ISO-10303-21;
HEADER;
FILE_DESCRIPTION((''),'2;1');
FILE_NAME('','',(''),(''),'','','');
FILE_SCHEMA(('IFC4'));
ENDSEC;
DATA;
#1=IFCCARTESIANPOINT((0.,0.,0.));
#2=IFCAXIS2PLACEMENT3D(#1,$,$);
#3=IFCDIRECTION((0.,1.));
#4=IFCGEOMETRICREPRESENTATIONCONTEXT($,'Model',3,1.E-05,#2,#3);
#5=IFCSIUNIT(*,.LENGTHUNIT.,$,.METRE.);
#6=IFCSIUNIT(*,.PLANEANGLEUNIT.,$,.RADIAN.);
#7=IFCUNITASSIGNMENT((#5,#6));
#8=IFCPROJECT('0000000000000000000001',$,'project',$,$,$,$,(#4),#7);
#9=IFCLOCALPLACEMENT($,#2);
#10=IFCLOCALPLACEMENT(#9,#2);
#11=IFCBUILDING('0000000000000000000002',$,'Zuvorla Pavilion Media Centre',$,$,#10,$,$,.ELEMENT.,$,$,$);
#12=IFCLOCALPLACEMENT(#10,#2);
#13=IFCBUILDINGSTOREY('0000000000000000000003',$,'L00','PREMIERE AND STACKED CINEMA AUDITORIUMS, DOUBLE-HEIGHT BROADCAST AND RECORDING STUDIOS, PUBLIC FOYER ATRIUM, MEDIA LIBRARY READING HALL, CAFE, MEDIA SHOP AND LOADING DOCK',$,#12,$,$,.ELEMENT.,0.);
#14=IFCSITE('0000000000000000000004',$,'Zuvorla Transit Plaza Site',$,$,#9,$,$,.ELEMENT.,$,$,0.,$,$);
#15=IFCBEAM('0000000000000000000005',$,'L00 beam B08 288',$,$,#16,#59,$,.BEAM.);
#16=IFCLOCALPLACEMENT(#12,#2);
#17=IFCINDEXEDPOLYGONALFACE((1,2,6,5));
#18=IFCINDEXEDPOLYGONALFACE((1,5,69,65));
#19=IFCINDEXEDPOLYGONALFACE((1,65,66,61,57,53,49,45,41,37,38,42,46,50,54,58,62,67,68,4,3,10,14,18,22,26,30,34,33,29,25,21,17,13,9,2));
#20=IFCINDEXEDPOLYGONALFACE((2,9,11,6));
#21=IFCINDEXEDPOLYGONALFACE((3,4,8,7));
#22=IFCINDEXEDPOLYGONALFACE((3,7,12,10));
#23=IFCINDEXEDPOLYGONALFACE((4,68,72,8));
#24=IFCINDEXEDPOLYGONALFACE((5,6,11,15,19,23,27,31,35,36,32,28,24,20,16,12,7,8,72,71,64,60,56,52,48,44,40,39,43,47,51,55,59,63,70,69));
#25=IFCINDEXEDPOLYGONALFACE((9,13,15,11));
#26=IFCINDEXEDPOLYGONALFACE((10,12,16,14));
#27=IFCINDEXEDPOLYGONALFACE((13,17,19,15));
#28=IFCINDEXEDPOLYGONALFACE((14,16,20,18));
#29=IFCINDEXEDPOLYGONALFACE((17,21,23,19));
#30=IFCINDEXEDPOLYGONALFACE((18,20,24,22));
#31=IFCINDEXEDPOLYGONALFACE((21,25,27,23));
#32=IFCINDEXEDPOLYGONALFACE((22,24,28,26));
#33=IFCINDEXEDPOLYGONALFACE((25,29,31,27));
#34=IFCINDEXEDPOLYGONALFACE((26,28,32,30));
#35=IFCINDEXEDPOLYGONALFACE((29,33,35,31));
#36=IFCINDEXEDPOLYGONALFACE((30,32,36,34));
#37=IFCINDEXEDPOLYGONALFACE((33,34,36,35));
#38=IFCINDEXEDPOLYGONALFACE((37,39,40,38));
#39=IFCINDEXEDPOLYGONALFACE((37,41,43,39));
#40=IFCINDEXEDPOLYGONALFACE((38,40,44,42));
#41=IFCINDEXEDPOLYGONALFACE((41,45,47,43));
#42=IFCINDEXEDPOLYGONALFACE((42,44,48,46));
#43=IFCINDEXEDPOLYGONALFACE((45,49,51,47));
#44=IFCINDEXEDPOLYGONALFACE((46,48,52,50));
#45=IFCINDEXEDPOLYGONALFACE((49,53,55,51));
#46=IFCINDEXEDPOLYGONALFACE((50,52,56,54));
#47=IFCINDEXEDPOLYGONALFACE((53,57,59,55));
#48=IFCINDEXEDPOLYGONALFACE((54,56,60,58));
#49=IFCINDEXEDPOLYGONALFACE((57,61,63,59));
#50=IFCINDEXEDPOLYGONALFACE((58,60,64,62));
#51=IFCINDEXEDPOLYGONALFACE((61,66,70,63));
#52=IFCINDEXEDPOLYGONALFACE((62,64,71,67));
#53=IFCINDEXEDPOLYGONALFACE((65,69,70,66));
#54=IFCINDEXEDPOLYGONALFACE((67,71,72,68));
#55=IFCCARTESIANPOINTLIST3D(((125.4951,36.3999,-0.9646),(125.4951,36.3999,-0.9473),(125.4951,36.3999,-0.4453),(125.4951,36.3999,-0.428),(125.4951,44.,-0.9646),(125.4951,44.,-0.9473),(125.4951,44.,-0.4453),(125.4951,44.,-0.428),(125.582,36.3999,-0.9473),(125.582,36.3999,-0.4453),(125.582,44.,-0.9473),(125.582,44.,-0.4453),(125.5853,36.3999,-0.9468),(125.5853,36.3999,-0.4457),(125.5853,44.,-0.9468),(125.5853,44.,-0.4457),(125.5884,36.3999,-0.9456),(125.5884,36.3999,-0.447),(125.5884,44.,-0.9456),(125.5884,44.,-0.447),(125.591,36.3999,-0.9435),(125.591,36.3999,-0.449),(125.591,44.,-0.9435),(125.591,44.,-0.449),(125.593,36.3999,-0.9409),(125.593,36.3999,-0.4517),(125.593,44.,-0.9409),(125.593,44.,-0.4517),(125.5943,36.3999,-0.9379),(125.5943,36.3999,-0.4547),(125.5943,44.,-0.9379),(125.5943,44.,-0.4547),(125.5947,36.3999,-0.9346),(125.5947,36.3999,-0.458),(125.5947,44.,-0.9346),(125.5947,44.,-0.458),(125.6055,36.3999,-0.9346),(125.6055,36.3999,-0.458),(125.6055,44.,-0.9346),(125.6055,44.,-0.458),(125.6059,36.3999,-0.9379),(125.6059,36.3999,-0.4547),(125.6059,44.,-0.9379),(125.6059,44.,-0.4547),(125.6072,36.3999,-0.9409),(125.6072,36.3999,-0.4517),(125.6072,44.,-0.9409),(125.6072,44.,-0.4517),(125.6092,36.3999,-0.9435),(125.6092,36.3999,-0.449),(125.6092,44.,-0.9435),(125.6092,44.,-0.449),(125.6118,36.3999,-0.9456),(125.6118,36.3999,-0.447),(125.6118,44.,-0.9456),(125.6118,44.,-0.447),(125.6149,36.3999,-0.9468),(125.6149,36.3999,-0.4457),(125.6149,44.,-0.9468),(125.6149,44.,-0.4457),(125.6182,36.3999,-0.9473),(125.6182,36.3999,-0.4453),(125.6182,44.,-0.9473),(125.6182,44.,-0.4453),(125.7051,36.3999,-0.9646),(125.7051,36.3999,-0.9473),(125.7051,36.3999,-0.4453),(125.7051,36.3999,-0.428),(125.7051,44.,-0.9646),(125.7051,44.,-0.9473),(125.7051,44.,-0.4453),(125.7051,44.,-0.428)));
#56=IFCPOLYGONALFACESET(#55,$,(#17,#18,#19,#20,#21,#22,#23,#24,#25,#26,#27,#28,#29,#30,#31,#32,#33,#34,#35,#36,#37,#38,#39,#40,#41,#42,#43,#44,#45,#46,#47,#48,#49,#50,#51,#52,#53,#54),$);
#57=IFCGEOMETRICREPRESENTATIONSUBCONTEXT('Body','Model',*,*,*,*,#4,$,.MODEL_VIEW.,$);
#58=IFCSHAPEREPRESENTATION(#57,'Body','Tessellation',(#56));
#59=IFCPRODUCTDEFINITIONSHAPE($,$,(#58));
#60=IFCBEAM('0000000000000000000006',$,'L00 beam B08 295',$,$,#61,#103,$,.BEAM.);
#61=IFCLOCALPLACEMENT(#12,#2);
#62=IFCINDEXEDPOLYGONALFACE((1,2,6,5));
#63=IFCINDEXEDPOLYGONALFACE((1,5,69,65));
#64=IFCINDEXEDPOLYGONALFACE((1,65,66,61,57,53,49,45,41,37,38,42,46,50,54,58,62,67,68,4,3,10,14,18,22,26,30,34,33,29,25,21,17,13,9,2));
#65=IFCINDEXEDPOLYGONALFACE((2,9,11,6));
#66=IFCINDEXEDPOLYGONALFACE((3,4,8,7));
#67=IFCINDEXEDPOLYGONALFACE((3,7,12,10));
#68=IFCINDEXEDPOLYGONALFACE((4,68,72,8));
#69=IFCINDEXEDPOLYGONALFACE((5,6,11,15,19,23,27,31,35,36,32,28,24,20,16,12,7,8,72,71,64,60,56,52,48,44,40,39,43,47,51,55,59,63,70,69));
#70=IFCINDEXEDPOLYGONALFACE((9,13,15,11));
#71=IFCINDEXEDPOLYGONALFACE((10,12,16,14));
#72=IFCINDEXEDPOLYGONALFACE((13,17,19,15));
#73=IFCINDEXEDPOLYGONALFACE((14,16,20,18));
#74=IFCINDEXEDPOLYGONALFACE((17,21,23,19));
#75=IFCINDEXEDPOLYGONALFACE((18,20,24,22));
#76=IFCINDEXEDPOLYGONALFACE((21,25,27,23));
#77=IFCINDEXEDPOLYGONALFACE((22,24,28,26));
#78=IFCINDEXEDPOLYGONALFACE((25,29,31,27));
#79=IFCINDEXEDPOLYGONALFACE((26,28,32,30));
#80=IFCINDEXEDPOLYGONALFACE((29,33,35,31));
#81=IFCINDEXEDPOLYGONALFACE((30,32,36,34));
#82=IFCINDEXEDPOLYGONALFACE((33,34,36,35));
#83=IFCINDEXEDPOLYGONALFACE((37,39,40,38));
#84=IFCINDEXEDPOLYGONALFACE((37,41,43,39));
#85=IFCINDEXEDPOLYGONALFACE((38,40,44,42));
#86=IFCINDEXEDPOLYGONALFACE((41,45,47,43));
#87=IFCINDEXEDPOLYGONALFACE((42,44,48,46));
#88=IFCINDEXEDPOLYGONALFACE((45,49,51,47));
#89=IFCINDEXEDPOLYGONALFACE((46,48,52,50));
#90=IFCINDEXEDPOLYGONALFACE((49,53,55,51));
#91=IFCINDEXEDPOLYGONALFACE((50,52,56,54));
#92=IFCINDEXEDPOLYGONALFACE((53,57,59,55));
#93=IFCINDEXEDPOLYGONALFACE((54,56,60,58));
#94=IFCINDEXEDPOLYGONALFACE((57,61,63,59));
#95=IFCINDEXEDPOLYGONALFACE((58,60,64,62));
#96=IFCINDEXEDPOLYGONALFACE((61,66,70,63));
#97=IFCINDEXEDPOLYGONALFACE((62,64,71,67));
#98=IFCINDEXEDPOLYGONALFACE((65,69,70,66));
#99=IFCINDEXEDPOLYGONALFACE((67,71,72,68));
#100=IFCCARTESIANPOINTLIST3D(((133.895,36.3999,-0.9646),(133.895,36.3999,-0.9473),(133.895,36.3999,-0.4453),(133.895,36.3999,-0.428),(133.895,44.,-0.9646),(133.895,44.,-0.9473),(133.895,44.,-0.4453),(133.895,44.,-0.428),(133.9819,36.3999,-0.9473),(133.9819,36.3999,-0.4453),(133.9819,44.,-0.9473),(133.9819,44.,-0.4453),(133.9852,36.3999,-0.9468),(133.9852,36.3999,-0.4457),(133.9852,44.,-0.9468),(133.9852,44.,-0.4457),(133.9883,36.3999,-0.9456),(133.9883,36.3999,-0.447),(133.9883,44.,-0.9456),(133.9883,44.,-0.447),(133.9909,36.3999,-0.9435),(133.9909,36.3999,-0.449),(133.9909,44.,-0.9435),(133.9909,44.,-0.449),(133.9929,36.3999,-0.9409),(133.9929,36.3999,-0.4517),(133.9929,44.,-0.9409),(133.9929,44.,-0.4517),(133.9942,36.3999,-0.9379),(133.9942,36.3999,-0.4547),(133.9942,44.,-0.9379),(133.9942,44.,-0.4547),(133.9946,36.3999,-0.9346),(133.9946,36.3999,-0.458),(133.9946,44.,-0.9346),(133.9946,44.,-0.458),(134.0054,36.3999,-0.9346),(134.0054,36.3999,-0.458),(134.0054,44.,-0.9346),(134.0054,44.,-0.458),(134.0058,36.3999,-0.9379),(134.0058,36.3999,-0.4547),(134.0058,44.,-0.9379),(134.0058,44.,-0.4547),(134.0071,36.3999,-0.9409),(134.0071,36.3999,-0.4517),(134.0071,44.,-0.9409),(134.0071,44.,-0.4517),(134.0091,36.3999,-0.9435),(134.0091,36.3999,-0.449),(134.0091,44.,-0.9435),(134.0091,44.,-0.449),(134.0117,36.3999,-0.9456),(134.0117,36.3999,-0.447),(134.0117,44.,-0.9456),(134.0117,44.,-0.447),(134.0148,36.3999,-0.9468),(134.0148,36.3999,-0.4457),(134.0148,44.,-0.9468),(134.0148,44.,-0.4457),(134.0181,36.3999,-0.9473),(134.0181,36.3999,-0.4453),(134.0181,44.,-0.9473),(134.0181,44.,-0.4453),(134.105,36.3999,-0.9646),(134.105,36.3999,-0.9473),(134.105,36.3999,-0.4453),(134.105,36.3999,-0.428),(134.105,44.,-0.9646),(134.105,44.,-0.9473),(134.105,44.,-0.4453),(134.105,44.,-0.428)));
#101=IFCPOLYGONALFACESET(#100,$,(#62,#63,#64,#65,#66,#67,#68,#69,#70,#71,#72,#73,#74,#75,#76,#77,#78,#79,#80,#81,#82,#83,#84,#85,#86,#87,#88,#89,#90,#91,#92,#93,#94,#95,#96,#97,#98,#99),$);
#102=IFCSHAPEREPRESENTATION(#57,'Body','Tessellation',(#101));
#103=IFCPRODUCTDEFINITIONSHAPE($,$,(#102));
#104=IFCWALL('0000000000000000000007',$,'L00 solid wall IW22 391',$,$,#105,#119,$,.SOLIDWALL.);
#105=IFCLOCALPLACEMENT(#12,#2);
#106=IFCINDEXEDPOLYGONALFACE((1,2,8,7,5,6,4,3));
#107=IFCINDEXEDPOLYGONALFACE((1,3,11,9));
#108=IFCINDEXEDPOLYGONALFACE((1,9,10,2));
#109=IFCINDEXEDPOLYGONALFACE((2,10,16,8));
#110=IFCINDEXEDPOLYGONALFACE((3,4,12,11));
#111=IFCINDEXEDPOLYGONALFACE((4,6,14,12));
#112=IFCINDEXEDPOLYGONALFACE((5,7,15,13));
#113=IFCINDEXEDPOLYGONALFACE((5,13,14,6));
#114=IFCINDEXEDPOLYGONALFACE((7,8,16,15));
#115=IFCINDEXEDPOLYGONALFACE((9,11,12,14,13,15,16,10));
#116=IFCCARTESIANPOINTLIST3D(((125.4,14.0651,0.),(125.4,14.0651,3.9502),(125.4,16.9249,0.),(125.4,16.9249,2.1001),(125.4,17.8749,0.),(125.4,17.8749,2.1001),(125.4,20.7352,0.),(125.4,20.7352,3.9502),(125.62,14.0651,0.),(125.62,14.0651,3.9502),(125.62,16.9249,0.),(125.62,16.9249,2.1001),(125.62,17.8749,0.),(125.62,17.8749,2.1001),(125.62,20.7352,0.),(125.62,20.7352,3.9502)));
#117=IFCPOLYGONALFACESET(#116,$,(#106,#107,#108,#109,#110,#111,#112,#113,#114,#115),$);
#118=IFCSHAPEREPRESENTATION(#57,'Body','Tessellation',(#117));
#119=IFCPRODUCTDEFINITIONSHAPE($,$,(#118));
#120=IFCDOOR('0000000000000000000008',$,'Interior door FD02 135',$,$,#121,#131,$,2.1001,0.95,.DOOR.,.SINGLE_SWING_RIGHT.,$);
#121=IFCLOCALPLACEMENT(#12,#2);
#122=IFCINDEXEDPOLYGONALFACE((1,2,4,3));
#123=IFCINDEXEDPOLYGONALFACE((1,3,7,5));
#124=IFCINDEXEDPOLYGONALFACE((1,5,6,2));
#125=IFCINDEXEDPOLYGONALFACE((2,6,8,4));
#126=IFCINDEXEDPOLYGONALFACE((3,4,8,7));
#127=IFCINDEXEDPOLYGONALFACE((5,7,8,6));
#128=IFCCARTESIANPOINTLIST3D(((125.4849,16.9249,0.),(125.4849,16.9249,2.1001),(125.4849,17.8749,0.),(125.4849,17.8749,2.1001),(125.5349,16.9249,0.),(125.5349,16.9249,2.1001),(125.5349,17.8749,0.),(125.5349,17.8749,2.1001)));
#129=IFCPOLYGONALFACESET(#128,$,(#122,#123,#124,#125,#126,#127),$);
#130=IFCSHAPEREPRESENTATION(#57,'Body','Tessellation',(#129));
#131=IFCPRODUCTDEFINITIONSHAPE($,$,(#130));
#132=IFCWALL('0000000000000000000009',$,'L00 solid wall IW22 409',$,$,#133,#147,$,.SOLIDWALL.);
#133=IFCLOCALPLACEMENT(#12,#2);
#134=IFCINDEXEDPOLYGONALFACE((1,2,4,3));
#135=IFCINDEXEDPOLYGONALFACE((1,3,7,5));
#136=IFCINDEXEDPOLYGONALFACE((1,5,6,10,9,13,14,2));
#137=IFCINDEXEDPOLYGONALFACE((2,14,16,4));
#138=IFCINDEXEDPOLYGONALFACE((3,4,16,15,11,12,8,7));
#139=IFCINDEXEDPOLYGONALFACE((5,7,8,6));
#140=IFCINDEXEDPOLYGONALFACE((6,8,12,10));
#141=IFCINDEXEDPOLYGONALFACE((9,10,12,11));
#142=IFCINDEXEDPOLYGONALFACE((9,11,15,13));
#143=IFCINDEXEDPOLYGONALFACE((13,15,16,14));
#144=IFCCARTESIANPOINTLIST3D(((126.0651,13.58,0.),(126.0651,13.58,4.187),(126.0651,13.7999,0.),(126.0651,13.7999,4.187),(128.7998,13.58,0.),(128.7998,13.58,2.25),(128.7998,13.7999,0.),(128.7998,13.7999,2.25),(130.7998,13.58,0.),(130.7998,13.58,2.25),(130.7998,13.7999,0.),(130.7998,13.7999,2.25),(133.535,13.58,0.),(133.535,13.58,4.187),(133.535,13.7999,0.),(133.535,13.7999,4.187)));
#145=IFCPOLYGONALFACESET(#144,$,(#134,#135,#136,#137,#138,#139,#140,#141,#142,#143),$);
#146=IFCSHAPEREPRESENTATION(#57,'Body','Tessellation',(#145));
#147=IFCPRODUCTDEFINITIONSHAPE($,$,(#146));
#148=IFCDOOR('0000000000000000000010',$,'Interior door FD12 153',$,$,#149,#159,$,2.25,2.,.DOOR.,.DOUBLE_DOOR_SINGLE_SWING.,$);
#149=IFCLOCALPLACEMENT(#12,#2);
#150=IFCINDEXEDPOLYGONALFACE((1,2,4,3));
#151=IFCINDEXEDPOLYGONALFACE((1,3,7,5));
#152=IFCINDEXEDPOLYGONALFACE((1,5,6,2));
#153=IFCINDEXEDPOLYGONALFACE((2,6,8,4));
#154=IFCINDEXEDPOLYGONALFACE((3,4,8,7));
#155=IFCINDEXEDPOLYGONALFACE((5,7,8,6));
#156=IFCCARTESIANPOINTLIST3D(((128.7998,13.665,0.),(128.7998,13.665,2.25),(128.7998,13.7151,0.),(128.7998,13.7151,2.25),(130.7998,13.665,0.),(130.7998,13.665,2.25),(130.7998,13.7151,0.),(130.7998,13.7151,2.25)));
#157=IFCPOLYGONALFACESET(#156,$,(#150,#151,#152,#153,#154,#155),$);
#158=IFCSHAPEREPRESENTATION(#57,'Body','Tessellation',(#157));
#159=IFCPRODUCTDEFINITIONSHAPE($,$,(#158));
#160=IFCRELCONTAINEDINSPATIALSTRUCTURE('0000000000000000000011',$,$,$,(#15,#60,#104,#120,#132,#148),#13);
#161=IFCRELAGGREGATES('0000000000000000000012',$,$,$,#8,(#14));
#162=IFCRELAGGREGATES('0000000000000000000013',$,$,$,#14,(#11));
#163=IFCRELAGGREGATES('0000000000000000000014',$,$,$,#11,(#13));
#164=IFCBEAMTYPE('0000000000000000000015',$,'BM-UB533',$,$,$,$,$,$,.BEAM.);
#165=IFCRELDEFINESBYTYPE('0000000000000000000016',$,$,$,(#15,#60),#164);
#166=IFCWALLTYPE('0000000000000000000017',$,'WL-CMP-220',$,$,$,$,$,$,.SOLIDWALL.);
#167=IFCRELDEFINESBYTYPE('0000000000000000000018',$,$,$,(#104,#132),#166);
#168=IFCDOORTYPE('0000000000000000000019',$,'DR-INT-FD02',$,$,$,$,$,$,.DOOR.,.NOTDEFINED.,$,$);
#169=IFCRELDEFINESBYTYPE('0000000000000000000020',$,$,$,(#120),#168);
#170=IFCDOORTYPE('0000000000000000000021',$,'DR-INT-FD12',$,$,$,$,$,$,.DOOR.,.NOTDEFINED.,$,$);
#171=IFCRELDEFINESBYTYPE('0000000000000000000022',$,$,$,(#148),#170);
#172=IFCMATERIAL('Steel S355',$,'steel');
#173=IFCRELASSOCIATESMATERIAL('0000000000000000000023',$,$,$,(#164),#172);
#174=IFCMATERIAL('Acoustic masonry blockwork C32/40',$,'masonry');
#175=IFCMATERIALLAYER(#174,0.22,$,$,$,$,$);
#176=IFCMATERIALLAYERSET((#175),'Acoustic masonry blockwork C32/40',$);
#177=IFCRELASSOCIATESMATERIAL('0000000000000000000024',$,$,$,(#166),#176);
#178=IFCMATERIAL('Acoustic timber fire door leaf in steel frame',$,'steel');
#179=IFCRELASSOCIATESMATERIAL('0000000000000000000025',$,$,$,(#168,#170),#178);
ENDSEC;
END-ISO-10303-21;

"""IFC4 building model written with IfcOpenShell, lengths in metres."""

from ifc_helpers import new_model, si_unit, direction, frame, frame_2d, origin, origin_2d, place, context, subcontext, project, spatial, rectangle, i_section, extrude, material, layer, layer_set, material_profile, profile_set, type_object, element, fill, save


model = new_model("IFC4")

# Units and contexts
model_context = context("Model", 3, precision=1e-05, world=origin(), true_north=direction((0.0, 1.0)))
body_context = subcontext(model_context, "Body", "Model", "MODEL_VIEW")
ifc_project = project(units=[si_unit("LENGTHUNIT", "METRE"), si_unit("PLANEANGLEUNIT", "RADIAN")], contexts=[model_context])

# Site, building, storey
site_placement = place(None, origin())
site = spatial("IfcSite", under=ifc_project, at=site_placement, Name="Zuvorla Transit Plaza Site", CompositionType="ELEMENT", RefElevation=0.0)
building_placement = place(site_placement, origin())
building = spatial("IfcBuilding", under=site, at=building_placement, Name="Zuvorla Pavilion Media Centre", CompositionType="ELEMENT")
storey_placement = place(building_placement, origin())
storey = spatial("IfcBuildingStorey", under=building, at=storey_placement, Name="L00", Description="PREMIERE AND STACKED CINEMA AUDITORIUMS, DOUBLE-HEIGHT BROADCAST AND RECORDING STUDIOS, PUBLIC FOYER ATRIUM, MEDIA LIBRARY READING HALL, CAFE, MEDIA SHOP AND LOADING DOCK", CompositionType="ELEMENT", Elevation=0.0)

# Beams
ifc_material_1 = material(Name="Steel S355", Category="steel")
ifc_material_profile_1 = material_profile(ifc_material_1, i_section(OverallWidth=0.21, OverallDepth=0.5366, WebThickness=0.0107, FlangeThickness=0.0173, FilletRadius=0.0127, at=origin_2d()), Name="UB 533x210x101")
ifc_profile_set_1 = profile_set([ifc_material_profile_1], Name="Steel S355")
beam_type_1 = type_object("IfcBeamType", Name="BM-UB533", PredefinedType="BEAM", material=ifc_profile_set_1)
for number, where, z_axis, x_axis, name in (
    (1, (125.6001, 36.3999, -0.6963), (0.0, 1.0, 0.0), (-1.0, 0.0, 0.0), "L00 beam B08 288"),
    (2, (134.0, 36.3999, -0.6963), (0.0, 1.0, 0.0), (-1.0, 0.0, 0.0), "L00 beam B08 295"),
):
    element("IfcBeam", number, at=place(storey_placement, frame(where, z_axis=z_axis, x_axis=x_axis)), inside=storey, type_object=beam_type_1, Name=name, PredefinedType="BEAM", context=body_context, shape_type="SweptSolid", body=[
        extrude(i_section(OverallWidth=0.21, OverallDepth=0.5366, WebThickness=0.0107, FlangeThickness=0.0173, FilletRadius=0.0127, at=origin_2d()), origin(), (0.0, 0.0, 1.0), 7.6001),
    ])

# Walls, openings, doors
ifc_material_2 = material(Name="Acoustic masonry blockwork C32/40", Category="masonry")
ifc_layer_1 = layer(ifc_material_2, 0.22)
ifc_layer_set_1 = layer_set([ifc_layer_1], Name="Acoustic masonry blockwork C32/40")
wall_type_1 = type_object("IfcWallType", Name="WL-CMP-220", PredefinedType="SOLIDWALL", material=ifc_layer_set_1)
wall_1_placement = place(storey_placement, frame((125.51, 20.7351, 0.0), z_axis=(0.0, 0.0, 1.0), x_axis=(0.0, -1.0, 0.0)))
wall_1 = element("IfcWall", 3, at=wall_1_placement, inside=storey, type_object=wall_type_1, Name="L00 solid wall IW22 391", PredefinedType="SOLIDWALL", context=body_context, shape_type="SweptSolid", body=[
    extrude(rectangle(XDim=6.6702, YDim=0.22, at=frame_2d((3.335, 0.0))), origin(), (0.0, 0.0, 1.0), 3.9502),
])
opening_1_placement = place(wall_1_placement, frame((2.8601, 0.0, 0.0)))
opening_1 = element("IfcOpeningElement", 4, at=opening_1_placement, cuts=wall_1, PredefinedType="OPENING", context=body_context, shape_type="SweptSolid", body=[
    extrude(rectangle(XDim=0.95, YDim=2.1001, at=frame_2d((0.4751, 1.05))), frame((0.0, 0.1199, 0.0), z_axis=(0.0, -1.0, 0.0), x_axis=(1.0, 0.0, 0.0)), (0.0, 0.0, 1.0), 0.24),
])
ifc_material_3 = material(Name="Acoustic timber fire door leaf in steel frame", Category="steel")
door_type_1 = type_object("IfcDoorType", Name="DR-INT-FD02", OperationType="NOTDEFINED", PredefinedType="DOOR", material=ifc_material_3)
door_1_placement = place(opening_1_placement, origin())
door_1 = element("IfcDoor", 5, at=door_1_placement, inside=storey, type_object=door_type_1, Name="Interior door FD02 135", OperationType="SINGLE_SWING_RIGHT", OverallHeight=2.1001, OverallWidth=0.95, PredefinedType="DOOR", context=body_context, shape_type="SweptSolid", body=[
    extrude(rectangle(XDim=0.95, YDim=2.1001, at=frame_2d((0.4751, 1.05))), frame((0.0, 0.0249, 0.0), z_axis=(0.0, -1.0, 0.0), x_axis=(1.0, 0.0, 0.0)), (0.0, 0.0, 1.0), 0.05),
])
fill(opening_1, door_1)
wall_2_placement = place(storey_placement, frame((133.5349, 13.6899, 0.0), z_axis=(0.0, 0.0, 1.0), x_axis=(-1.0, 0.0, 0.0)))
wall_2 = element("IfcWall", 6, at=wall_2_placement, inside=storey, type_object=wall_type_1, Name="L00 solid wall IW22 409", PredefinedType="SOLIDWALL", context=body_context, shape_type="SweptSolid", body=[
    extrude(rectangle(XDim=7.47, YDim=0.22, at=frame_2d((3.7349, 0.0))), origin(), (0.0, 0.0, 1.0), 4.187),
])
opening_2_placement = place(wall_2_placement, frame((2.7351, 0.0, 0.0)))
opening_2 = element("IfcOpeningElement", 7, at=opening_2_placement, cuts=wall_2, PredefinedType="OPENING", context=body_context, shape_type="SweptSolid", body=[
    extrude(rectangle(XDim=2.0, YDim=2.25, at=frame_2d((1.0, 1.125))), frame((0.0, 0.1199, 0.0), z_axis=(0.0, -1.0, 0.0), x_axis=(1.0, 0.0, 0.0)), (0.0, 0.0, 1.0), 0.24),
])
door_type_2 = type_object("IfcDoorType", Name="DR-INT-FD12", OperationType="NOTDEFINED", PredefinedType="DOOR", material=ifc_material_3)
door_2_placement = place(opening_2_placement, origin())
door_2 = element("IfcDoor", 8, at=door_2_placement, inside=storey, type_object=door_type_2, Name="Interior door FD12 153", OperationType="DOUBLE_DOOR_SINGLE_SWING", OverallHeight=2.25, OverallWidth=2.0, PredefinedType="DOOR", context=body_context, shape_type="SweptSolid", body=[
    extrude(rectangle(XDim=2.0, YDim=2.25, at=frame_2d((1.0, 1.125))), frame((0.0, 0.0249, 0.0), z_axis=(0.0, -1.0, 0.0), x_axis=(1.0, 0.0, 0.0)), (0.0, 0.0, 1.0), 0.05),
])
fill(opening_2, door_2)

save(model, "model.ifc")
